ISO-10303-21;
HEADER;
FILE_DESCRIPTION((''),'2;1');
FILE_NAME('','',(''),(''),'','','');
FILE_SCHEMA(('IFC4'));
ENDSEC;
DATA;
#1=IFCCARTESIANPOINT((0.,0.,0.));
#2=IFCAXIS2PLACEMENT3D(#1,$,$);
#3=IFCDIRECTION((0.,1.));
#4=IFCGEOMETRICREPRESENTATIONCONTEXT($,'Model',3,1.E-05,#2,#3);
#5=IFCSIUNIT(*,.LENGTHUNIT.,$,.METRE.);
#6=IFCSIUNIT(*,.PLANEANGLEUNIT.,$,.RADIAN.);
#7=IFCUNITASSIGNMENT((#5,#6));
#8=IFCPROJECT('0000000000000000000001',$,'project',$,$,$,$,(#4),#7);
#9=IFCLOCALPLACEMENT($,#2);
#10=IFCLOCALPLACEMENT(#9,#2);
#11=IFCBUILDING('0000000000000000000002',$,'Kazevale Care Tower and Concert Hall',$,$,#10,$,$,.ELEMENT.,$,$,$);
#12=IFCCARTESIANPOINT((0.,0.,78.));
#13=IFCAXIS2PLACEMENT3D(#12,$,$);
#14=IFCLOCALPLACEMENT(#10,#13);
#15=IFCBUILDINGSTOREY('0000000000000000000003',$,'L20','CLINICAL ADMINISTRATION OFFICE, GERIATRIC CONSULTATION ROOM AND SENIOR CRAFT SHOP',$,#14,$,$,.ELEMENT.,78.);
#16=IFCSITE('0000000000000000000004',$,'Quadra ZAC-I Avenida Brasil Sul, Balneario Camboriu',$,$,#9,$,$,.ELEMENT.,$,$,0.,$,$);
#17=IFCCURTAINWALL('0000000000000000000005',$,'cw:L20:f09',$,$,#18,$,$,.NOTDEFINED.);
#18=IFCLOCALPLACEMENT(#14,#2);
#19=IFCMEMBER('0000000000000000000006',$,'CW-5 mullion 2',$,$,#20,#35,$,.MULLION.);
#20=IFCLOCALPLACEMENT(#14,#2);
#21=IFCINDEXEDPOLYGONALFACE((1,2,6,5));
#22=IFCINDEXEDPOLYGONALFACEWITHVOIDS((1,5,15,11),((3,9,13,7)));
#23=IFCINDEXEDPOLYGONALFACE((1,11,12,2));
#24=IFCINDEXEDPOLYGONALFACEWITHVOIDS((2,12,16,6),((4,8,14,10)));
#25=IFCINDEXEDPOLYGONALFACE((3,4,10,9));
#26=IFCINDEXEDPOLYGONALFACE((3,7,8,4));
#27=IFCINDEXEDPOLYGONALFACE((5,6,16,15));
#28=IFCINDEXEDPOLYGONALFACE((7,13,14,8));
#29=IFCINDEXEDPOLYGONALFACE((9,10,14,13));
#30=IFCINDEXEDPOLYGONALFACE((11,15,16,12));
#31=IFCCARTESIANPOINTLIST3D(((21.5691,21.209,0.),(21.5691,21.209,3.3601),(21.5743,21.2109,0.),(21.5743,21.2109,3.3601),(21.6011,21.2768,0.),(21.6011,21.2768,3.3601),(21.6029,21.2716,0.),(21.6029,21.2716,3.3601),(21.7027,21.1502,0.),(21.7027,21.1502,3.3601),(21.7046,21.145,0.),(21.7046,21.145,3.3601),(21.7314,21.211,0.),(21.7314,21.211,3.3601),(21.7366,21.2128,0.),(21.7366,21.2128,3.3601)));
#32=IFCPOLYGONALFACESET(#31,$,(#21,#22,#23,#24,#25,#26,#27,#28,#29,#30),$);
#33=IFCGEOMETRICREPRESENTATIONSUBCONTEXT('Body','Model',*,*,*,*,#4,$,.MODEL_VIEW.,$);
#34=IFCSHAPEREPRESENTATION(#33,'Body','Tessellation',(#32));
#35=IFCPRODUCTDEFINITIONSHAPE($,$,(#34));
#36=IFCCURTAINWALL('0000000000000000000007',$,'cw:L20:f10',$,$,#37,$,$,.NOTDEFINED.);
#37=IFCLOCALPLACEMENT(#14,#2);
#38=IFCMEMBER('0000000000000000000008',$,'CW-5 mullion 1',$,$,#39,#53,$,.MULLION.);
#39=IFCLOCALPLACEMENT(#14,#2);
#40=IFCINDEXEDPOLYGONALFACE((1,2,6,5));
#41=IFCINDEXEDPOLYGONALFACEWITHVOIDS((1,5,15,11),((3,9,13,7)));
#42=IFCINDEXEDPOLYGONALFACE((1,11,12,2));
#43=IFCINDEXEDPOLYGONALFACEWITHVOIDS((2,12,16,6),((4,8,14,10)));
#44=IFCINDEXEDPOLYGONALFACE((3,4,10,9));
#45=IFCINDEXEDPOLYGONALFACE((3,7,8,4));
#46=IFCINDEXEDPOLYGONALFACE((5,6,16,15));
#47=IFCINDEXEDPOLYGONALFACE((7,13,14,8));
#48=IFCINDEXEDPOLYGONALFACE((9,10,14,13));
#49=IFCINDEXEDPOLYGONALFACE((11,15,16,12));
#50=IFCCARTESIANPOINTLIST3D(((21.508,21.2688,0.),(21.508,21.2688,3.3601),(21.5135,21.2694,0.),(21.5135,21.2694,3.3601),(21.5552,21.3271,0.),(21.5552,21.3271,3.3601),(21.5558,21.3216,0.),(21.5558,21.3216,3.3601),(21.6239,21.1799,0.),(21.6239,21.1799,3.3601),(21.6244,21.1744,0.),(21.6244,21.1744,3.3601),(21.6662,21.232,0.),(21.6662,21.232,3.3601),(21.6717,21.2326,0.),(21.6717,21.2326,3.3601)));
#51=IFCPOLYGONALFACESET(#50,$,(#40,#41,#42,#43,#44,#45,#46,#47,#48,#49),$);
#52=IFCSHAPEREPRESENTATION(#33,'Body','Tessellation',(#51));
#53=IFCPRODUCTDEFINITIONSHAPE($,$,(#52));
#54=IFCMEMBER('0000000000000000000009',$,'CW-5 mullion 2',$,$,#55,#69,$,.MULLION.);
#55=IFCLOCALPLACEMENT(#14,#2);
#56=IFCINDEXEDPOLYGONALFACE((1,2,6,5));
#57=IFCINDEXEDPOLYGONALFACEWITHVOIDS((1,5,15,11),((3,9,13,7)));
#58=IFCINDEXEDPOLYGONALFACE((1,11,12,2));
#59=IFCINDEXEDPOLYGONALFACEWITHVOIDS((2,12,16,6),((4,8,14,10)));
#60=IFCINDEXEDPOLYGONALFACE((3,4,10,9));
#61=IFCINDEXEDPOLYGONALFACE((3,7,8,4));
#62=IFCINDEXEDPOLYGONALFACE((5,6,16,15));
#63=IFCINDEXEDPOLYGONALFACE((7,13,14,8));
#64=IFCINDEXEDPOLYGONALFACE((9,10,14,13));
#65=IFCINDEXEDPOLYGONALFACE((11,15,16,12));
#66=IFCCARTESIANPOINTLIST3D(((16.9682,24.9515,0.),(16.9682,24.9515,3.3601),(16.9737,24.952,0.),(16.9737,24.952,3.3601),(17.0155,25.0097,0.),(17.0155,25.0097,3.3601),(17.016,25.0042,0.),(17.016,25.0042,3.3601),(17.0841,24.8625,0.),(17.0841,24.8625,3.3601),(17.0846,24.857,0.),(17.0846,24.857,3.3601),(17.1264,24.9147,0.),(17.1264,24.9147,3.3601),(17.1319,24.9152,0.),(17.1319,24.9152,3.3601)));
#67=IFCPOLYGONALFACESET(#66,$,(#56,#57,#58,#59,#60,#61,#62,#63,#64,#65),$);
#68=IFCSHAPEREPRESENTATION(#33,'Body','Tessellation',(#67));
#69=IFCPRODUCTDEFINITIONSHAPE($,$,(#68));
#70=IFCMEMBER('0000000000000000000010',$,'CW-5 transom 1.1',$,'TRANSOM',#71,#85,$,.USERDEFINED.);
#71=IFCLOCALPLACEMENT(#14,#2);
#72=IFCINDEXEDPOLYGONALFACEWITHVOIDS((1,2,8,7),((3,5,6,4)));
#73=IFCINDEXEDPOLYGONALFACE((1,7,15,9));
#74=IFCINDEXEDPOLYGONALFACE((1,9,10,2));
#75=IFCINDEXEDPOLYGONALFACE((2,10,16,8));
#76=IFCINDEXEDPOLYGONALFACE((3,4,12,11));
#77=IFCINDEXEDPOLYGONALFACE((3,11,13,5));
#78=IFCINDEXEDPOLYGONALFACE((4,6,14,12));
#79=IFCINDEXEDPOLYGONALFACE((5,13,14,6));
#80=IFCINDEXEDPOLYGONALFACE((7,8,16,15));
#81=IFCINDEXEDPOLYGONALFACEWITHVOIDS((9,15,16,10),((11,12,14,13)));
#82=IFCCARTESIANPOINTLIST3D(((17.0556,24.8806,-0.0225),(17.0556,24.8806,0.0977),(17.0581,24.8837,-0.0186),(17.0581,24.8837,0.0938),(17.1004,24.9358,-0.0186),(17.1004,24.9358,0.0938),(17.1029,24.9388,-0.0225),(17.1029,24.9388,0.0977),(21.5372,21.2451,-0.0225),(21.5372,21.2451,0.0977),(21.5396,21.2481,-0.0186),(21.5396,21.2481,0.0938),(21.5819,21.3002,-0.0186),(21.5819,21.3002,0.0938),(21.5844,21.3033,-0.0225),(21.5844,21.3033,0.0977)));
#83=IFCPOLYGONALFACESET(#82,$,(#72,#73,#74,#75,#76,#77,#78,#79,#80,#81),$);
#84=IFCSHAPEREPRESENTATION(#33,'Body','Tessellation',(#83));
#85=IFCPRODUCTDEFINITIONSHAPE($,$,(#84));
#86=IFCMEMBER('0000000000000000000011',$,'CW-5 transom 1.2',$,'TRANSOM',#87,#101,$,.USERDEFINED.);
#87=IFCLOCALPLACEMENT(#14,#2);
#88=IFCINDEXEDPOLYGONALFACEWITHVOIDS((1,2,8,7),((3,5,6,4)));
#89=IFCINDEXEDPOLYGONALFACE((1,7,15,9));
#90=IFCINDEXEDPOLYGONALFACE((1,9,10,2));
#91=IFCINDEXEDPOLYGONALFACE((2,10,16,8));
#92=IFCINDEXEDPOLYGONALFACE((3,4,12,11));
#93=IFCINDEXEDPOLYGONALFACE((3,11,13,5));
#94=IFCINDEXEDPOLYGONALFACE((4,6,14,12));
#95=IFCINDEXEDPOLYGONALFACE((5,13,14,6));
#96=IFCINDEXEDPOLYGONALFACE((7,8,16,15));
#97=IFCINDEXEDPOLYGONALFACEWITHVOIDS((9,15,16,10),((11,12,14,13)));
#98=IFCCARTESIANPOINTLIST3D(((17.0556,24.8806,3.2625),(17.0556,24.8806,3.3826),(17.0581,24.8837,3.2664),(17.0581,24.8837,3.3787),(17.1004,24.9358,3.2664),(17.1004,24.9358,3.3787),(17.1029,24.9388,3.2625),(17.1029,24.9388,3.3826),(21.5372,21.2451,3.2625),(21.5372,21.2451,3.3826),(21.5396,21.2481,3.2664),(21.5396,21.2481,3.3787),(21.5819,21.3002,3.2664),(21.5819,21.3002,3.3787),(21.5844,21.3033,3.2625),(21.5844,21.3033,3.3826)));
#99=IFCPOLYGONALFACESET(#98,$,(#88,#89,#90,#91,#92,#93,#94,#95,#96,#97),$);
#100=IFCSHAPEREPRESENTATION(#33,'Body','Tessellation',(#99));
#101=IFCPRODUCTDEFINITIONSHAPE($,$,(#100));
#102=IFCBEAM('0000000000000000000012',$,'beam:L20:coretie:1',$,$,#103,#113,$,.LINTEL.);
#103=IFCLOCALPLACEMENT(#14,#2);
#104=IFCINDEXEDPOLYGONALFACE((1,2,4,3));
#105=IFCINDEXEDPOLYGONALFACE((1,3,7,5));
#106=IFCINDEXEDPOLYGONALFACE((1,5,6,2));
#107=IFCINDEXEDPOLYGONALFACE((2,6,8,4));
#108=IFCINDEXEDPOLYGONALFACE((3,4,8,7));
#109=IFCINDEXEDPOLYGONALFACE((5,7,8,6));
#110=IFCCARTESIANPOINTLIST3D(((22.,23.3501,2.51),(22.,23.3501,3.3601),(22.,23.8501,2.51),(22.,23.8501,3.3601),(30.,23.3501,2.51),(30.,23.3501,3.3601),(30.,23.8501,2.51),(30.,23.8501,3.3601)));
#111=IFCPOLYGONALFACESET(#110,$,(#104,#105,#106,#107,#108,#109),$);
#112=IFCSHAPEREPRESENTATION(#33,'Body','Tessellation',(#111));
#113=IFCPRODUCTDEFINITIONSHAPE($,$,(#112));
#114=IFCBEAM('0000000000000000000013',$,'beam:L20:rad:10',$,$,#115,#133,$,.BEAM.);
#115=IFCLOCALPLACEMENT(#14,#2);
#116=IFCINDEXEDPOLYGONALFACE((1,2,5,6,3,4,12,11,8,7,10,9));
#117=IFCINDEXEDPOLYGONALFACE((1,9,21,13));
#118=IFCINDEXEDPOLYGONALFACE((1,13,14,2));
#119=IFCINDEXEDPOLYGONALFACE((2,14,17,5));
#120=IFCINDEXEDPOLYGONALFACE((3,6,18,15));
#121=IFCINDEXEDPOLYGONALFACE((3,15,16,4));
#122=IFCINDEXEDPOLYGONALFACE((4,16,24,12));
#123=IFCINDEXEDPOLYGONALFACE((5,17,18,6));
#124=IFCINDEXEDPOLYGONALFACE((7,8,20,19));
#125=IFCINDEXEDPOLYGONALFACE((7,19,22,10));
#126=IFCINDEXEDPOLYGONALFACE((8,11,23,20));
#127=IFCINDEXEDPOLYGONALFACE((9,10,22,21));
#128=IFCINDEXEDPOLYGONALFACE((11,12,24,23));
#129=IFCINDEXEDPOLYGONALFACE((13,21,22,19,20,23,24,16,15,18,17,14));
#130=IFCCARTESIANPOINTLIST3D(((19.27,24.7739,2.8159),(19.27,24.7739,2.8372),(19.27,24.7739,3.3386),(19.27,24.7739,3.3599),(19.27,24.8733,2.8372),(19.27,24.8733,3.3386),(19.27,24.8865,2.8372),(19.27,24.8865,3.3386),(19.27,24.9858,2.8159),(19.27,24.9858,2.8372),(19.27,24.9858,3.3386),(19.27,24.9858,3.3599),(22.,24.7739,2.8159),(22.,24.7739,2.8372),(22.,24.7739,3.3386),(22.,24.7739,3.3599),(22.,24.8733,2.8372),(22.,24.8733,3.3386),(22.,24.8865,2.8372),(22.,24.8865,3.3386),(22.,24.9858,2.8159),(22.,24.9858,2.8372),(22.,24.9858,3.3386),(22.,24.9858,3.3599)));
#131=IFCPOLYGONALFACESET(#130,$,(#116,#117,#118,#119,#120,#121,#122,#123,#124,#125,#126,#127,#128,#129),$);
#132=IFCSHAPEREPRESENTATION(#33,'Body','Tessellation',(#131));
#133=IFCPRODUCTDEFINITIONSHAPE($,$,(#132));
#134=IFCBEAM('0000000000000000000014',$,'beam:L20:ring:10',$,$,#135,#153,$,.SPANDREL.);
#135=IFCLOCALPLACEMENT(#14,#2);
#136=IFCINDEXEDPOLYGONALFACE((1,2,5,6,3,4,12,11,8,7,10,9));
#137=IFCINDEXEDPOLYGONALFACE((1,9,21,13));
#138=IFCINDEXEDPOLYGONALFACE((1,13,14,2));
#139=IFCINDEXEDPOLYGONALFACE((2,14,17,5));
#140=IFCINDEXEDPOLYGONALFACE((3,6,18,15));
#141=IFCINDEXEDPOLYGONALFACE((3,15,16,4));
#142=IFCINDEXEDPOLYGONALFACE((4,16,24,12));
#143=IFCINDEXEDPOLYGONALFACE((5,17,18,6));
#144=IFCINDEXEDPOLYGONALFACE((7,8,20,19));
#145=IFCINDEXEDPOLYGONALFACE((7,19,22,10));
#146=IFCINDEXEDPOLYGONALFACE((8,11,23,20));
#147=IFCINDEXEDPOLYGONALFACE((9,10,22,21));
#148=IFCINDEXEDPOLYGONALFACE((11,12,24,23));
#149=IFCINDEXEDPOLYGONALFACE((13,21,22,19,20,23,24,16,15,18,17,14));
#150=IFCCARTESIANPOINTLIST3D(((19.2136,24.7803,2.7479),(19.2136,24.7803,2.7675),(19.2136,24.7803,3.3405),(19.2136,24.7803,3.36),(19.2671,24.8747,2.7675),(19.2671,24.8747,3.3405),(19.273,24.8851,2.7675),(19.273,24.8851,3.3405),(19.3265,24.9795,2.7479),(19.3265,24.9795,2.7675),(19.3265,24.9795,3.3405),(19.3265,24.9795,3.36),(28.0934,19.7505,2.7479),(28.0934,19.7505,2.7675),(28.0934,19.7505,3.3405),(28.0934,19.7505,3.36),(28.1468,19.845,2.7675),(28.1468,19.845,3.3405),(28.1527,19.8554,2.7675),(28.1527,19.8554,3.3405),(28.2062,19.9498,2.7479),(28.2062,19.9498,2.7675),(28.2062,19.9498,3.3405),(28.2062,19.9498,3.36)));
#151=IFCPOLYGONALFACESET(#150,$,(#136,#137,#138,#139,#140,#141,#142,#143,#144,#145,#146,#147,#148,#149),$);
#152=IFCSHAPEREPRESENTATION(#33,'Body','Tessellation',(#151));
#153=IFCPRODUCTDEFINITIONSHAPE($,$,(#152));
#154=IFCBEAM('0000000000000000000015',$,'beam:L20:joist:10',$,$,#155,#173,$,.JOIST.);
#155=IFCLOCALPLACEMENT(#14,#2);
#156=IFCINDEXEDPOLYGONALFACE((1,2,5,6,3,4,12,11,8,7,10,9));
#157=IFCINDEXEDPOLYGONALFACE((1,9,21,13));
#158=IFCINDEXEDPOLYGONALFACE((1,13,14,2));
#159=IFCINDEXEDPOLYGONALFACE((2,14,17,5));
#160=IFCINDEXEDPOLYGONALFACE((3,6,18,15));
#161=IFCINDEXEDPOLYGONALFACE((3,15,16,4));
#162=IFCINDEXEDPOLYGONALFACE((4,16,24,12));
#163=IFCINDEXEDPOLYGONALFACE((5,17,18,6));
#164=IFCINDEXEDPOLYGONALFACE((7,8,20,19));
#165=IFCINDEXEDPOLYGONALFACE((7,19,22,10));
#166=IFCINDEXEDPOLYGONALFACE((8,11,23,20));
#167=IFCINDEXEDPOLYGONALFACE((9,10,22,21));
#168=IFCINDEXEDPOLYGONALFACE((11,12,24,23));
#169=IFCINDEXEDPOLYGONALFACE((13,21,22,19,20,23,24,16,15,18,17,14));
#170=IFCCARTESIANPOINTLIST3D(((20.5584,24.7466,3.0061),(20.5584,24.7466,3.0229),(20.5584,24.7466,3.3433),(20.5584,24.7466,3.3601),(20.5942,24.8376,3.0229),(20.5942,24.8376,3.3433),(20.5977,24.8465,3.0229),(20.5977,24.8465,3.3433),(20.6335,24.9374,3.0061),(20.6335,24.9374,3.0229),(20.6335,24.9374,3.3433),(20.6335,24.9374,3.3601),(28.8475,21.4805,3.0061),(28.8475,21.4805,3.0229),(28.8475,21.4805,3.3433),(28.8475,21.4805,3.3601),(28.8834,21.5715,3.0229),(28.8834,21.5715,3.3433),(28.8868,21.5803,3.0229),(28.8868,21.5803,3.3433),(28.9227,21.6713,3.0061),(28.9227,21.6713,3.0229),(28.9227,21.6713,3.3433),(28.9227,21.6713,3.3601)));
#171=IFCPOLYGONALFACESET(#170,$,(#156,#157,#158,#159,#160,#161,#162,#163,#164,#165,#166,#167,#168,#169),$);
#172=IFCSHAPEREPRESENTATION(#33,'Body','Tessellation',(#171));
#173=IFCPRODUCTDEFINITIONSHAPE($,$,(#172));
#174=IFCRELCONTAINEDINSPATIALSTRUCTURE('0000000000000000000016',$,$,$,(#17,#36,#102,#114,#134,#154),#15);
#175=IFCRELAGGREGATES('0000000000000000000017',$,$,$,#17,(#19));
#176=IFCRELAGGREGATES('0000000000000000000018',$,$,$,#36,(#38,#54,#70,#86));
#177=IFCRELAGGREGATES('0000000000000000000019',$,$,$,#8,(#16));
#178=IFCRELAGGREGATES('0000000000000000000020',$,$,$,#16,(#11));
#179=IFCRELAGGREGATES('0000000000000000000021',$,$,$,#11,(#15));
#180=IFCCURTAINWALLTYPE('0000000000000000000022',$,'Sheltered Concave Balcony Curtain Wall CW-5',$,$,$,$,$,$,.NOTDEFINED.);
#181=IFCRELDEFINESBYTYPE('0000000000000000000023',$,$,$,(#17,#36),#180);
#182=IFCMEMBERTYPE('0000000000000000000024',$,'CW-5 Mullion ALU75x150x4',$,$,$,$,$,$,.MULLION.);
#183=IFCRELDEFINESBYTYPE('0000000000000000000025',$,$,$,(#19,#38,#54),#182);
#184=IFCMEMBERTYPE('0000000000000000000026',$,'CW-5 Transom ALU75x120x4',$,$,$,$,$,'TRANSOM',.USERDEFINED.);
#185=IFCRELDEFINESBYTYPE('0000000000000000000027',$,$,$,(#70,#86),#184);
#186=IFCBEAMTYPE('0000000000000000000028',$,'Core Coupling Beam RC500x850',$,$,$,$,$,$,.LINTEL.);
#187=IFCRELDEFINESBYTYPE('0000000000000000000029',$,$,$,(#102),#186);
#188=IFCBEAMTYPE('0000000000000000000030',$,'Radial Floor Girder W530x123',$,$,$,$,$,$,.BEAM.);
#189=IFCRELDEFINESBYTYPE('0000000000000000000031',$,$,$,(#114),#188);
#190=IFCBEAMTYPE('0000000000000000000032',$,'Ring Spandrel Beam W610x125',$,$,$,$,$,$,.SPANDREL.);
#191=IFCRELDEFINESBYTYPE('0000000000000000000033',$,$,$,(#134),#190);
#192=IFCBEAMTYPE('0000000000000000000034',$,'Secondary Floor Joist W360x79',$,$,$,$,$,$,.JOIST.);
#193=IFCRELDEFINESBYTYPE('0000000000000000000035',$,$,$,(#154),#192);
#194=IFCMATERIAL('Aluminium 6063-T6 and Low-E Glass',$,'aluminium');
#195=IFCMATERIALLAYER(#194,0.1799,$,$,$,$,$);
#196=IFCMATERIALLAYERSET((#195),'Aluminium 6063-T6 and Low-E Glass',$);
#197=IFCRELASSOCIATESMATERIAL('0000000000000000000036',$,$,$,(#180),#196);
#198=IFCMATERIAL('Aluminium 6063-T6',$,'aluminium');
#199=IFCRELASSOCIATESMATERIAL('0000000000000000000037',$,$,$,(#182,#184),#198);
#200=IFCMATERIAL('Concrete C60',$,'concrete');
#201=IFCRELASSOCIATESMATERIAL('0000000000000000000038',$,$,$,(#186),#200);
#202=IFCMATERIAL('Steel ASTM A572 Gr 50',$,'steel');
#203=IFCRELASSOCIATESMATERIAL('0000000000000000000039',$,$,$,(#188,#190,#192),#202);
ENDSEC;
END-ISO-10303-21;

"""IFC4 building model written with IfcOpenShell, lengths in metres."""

from ifc_helpers import new_model, si_unit, direction, frame, origin, origin_2d, place, context, subcontext, project, spatial, rectangle, hollow_rectangle, i_section, extrude, material, layer, layer_set, material_profile, profile_set, type_object, element, aggregate, save


model = new_model("IFC4")

# Units and contexts
model_context = context("Model", 3, precision=1e-05, world=origin(), true_north=direction((0.0, 1.0)))
body_context = subcontext(model_context, "Body", "Model", "MODEL_VIEW")
ifc_project = project(units=[si_unit("LENGTHUNIT", "METRE"), si_unit("PLANEANGLEUNIT", "RADIAN")], contexts=[model_context])

# Site, building, storey
site_placement = place(None, origin())
site = spatial("IfcSite", under=ifc_project, at=site_placement, Name="Quadra ZAC-I Avenida Brasil Sul, Balneario Camboriu", CompositionType="ELEMENT", RefElevation=0.0)
building_placement = place(site_placement, origin())
building = spatial("IfcBuilding", under=site, at=building_placement, Name="Kazevale Care Tower and Concert Hall", CompositionType="ELEMENT")
storey_placement = place(building_placement, frame((0.0, 0.0, 78.0)))
storey = spatial("IfcBuildingStorey", under=building, at=storey_placement, Name="L20", Description="CLINICAL ADMINISTRATION OFFICE, GERIATRIC CONSULTATION ROOM AND SENIOR CRAFT SHOP", CompositionType="ELEMENT", Elevation=78.0)

# Shared definitions
ifc_material_1 = material(Name="Aluminium 6063-T6 and Low-E Glass", Category="aluminium")
ifc_material_2 = material(Name="Aluminium 6063-T6", Category="aluminium")

# Curtain wall, member
ifc_layer_1 = layer(ifc_material_1, 0.1799)
ifc_layer_set_1 = layer_set([ifc_layer_1], Name="Aluminium 6063-T6 and Low-E Glass")
curtain_wall_type_1 = type_object("IfcCurtainWallType", Name="Sheltered Concave Balcony Curtain Wall CW-5", PredefinedType="NOTDEFINED", material=ifc_layer_set_1)
curtain_wall_1_placement = place(storey_placement, origin())
curtain_wall_1 = element("IfcCurtainWall", 1, at=curtain_wall_1_placement, inside=storey, type_object=curtain_wall_type_1, Name="cw:L20:f09", PredefinedType="NOTDEFINED")
ifc_material_profile_1 = material_profile(ifc_material_2, hollow_rectangle(XDim=0.075, YDim=0.1499, WallThickness=0.0039, at=origin_2d()), Name="ALU75x150x4")
ifc_profile_set_1 = profile_set([ifc_material_profile_1], Name="Aluminium 6063-T6")
member_type_1 = type_object("IfcMemberType", Name="CW-5 Mullion ALU75x150x4", PredefinedType="MULLION", material=ifc_profile_set_1)
member_1_placement = place(storey_placement, frame((21.6528, 21.2109, 0.0), z_axis=(0.0, 0.0, 1.0), x_axis=(-0.426942, -0.904279, 0.0)))
member_1 = element("IfcMember", 2, at=member_1_placement, type_object=member_type_1, Name="CW-5 mullion 2", PredefinedType="MULLION", context=body_context, shape_type="SweptSolid", body=[
    extrude(hollow_rectangle(XDim=0.075, YDim=0.1499, WallThickness=0.0039, at=origin_2d()), origin(), (0.0, 0.0, 1.0), 3.3601),
])
aggregate(curtain_wall_1, [member_1])

# Curtain wall, members
curtain_wall_2_placement = place(storey_placement, origin())
curtain_wall_2 = element("IfcCurtainWall", 3, at=curtain_wall_2_placement, inside=storey, type_object=curtain_wall_type_1, Name="cw:L20:f10", PredefinedType="NOTDEFINED")
member_2_placement = place(storey_placement, frame((21.5898, 21.2507, 0.0), z_axis=(0.0, 0.0, 1.0), x_axis=(-0.629995, -0.776599, 0.0)))
member_2 = element("IfcMember", 4, at=member_2_placement, type_object=member_type_1, Name="CW-5 mullion 1", PredefinedType="MULLION", context=body_context, shape_type="SweptSolid", body=[
    extrude(hollow_rectangle(XDim=0.075, YDim=0.1499, WallThickness=0.0039, at=origin_2d()), origin(), (0.0, 0.0, 1.0), 3.3601),
])
member_3_placement = place(storey_placement, frame((17.05, 24.9333, 0.0), z_axis=(0.0, 0.0, 1.0), x_axis=(-0.629995, -0.776599, 0.0)))
member_3 = element("IfcMember", 5, at=member_3_placement, type_object=member_type_1, Name="CW-5 mullion 2", PredefinedType="MULLION", context=body_context, shape_type="SweptSolid", body=[
    extrude(hollow_rectangle(XDim=0.075, YDim=0.1499, WallThickness=0.0039, at=origin_2d()), origin(), (0.0, 0.0, 1.0), 3.3601),
])
ifc_material_profile_2 = material_profile(ifc_material_2, hollow_rectangle(XDim=0.075, YDim=0.1201, WallThickness=0.0039, at=origin_2d()), Name="ALU75x120x4")
ifc_profile_set_2 = profile_set([ifc_material_profile_2], Name="Aluminium 6063-T6")
member_type_2 = type_object("IfcMemberType", Name="CW-5 Transom ALU75x120x4", ElementType="TRANSOM", PredefinedType="USERDEFINED", material=ifc_profile_set_2)
member_4_placement = place(storey_placement, frame((21.5608, 21.2742, 0.0376), z_axis=(-0.776595, 0.63, 0.0), x_axis=(-0.63, -0.776595, 0.0)))
member_4 = element("IfcMember", 6, at=member_4_placement, type_object=member_type_2, Name="CW-5 transom 1.1", ObjectType="TRANSOM", PredefinedType="USERDEFINED", context=body_context, shape_type="SweptSolid", body=[
    extrude(hollow_rectangle(XDim=0.075, YDim=0.1201, WallThickness=0.0039, at=origin_2d()), origin(), (0.0, 0.0, 1.0), 5.7708),
])
member_5_placement = place(storey_placement, frame((21.5608, 21.2742, 3.3225), z_axis=(-0.776595, 0.63, 0.0), x_axis=(-0.63, -0.776595, 0.0)))
member_5 = element("IfcMember", 7, at=member_5_placement, type_object=member_type_2, Name="CW-5 transom 1.2", ObjectType="TRANSOM", PredefinedType="USERDEFINED", context=body_context, shape_type="SweptSolid", body=[
    extrude(hollow_rectangle(XDim=0.075, YDim=0.1201, WallThickness=0.0039, at=origin_2d()), origin(), (0.0, 0.0, 1.0), 5.7708),
])

# Beams
ifc_material_3 = material(Name="Concrete C60", Category="concrete")
ifc_material_profile_3 = material_profile(ifc_material_3, rectangle(XDim=0.5, YDim=0.8501, at=origin_2d()), Name="RC-B500x850")
ifc_profile_set_3 = profile_set([ifc_material_profile_3], Name="Concrete C60")
beam_type_1 = type_object("IfcBeamType", Name="Core Coupling Beam RC500x850", PredefinedType="LINTEL", material=ifc_profile_set_3)
beam_1_placement = place(storey_placement, frame((22.0, 23.6001, 2.9351), z_axis=(1.0, 0.0, 0.0), x_axis=(0.0, 1.0, 0.0)))
element("IfcBeam", 8, at=beam_1_placement, inside=storey, type_object=beam_type_1, Name="beam:L20:coretie:1", PredefinedType="LINTEL", context=body_context, shape_type="SweptSolid", body=[
    extrude(rectangle(XDim=0.5, YDim=0.8501, at=origin_2d()), origin(), (0.0, 0.0, 1.0), 8.0),
])
ifc_material_4 = material(Name="Steel ASTM A572 Gr 50", Category="steel")
ifc_material_profile_4 = material_profile(ifc_material_4, i_section(OverallWidth=0.2119, OverallDepth=0.5439, WebThickness=0.0132, FlangeThickness=0.0212, at=origin_2d()), Name="W530x123")
ifc_profile_set_4 = profile_set([ifc_material_profile_4], Name="Steel ASTM A572 Gr 50")
beam_type_2 = type_object("IfcBeamType", Name="Radial Floor Girder W530x123", PredefinedType="BEAM", material=ifc_profile_set_4)
beam_2_placement = place(storey_placement, frame((22.0, 24.8799, 3.0879), z_axis=(-1.0, 0.0, 0.0), x_axis=(0.0, -1.0, 0.0)))
element("IfcBeam", 9, at=beam_2_placement, inside=storey, type_object=beam_type_2, Name="beam:L20:rad:10", PredefinedType="BEAM", context=body_context, shape_type="SweptSolid", body=[
    extrude(i_section(OverallWidth=0.2119, OverallDepth=0.5439, WebThickness=0.0132, FlangeThickness=0.0212, at=origin_2d()), origin(), (0.0, 0.0, 1.0), 2.73),
])
ifc_material_profile_5 = material_profile(ifc_material_4, i_section(OverallWidth=0.229, OverallDepth=0.6121, WebThickness=0.012, FlangeThickness=0.0195, at=origin_2d()), Name="W610x125")
ifc_profile_set_5 = profile_set([ifc_material_profile_5], Name="Steel ASTM A572 Gr 50")
beam_type_3 = type_object("IfcBeamType", Name="Ring Spandrel Beam W610x125", PredefinedType="SPANDREL", material=ifc_profile_set_5)
beam_3_placement = place(storey_placement, frame((19.27, 24.8799, 3.054), z_axis=(0.870112, -0.492853, 0.0), x_axis=(0.492853, 0.870112, 0.0)))
element("IfcBeam", 10, at=beam_3_placement, inside=storey, type_object=beam_type_3, Name="beam:L20:ring:10", PredefinedType="SPANDREL", context=body_context, shape_type="SweptSolid", body=[
    extrude(i_section(OverallWidth=0.229, OverallDepth=0.6121, WebThickness=0.012, FlangeThickness=0.0195, at=origin_2d()), origin(), (0.0, 0.0, 1.0), 10.2053),
])
ifc_material_profile_6 = material_profile(ifc_material_4, i_section(OverallWidth=0.2051, OverallDepth=0.354, WebThickness=0.0095, FlangeThickness=0.0168, at=origin_2d()), Name="W360x79")
ifc_profile_set_6 = profile_set([ifc_material_profile_6], Name="Steel ASTM A572 Gr 50")
beam_type_4 = type_object("IfcBeamType", Name="Secondary Floor Joist W360x79", PredefinedType="JOIST", material=ifc_profile_set_6)
beam_4_placement = place(storey_placement, frame((20.5959, 24.842, 3.1831), z_axis=(0.930381, -0.366595, 0.0), x_axis=(0.366595, 0.930381, 0.0)))
element("IfcBeam", 11, at=beam_4_placement, inside=storey, type_object=beam_type_4, Name="beam:L20:joist:10", PredefinedType="JOIST", context=body_context, shape_type="SweptSolid", body=[
    extrude(i_section(OverallWidth=0.2051, OverallDepth=0.354, WebThickness=0.0095, FlangeThickness=0.0168, at=origin_2d()), origin(), (0.0, 0.0, 1.0), 8.9094),
])

aggregate(curtain_wall_2, [member_2, member_3, member_4, member_5])

save(model, "model.ifc")
